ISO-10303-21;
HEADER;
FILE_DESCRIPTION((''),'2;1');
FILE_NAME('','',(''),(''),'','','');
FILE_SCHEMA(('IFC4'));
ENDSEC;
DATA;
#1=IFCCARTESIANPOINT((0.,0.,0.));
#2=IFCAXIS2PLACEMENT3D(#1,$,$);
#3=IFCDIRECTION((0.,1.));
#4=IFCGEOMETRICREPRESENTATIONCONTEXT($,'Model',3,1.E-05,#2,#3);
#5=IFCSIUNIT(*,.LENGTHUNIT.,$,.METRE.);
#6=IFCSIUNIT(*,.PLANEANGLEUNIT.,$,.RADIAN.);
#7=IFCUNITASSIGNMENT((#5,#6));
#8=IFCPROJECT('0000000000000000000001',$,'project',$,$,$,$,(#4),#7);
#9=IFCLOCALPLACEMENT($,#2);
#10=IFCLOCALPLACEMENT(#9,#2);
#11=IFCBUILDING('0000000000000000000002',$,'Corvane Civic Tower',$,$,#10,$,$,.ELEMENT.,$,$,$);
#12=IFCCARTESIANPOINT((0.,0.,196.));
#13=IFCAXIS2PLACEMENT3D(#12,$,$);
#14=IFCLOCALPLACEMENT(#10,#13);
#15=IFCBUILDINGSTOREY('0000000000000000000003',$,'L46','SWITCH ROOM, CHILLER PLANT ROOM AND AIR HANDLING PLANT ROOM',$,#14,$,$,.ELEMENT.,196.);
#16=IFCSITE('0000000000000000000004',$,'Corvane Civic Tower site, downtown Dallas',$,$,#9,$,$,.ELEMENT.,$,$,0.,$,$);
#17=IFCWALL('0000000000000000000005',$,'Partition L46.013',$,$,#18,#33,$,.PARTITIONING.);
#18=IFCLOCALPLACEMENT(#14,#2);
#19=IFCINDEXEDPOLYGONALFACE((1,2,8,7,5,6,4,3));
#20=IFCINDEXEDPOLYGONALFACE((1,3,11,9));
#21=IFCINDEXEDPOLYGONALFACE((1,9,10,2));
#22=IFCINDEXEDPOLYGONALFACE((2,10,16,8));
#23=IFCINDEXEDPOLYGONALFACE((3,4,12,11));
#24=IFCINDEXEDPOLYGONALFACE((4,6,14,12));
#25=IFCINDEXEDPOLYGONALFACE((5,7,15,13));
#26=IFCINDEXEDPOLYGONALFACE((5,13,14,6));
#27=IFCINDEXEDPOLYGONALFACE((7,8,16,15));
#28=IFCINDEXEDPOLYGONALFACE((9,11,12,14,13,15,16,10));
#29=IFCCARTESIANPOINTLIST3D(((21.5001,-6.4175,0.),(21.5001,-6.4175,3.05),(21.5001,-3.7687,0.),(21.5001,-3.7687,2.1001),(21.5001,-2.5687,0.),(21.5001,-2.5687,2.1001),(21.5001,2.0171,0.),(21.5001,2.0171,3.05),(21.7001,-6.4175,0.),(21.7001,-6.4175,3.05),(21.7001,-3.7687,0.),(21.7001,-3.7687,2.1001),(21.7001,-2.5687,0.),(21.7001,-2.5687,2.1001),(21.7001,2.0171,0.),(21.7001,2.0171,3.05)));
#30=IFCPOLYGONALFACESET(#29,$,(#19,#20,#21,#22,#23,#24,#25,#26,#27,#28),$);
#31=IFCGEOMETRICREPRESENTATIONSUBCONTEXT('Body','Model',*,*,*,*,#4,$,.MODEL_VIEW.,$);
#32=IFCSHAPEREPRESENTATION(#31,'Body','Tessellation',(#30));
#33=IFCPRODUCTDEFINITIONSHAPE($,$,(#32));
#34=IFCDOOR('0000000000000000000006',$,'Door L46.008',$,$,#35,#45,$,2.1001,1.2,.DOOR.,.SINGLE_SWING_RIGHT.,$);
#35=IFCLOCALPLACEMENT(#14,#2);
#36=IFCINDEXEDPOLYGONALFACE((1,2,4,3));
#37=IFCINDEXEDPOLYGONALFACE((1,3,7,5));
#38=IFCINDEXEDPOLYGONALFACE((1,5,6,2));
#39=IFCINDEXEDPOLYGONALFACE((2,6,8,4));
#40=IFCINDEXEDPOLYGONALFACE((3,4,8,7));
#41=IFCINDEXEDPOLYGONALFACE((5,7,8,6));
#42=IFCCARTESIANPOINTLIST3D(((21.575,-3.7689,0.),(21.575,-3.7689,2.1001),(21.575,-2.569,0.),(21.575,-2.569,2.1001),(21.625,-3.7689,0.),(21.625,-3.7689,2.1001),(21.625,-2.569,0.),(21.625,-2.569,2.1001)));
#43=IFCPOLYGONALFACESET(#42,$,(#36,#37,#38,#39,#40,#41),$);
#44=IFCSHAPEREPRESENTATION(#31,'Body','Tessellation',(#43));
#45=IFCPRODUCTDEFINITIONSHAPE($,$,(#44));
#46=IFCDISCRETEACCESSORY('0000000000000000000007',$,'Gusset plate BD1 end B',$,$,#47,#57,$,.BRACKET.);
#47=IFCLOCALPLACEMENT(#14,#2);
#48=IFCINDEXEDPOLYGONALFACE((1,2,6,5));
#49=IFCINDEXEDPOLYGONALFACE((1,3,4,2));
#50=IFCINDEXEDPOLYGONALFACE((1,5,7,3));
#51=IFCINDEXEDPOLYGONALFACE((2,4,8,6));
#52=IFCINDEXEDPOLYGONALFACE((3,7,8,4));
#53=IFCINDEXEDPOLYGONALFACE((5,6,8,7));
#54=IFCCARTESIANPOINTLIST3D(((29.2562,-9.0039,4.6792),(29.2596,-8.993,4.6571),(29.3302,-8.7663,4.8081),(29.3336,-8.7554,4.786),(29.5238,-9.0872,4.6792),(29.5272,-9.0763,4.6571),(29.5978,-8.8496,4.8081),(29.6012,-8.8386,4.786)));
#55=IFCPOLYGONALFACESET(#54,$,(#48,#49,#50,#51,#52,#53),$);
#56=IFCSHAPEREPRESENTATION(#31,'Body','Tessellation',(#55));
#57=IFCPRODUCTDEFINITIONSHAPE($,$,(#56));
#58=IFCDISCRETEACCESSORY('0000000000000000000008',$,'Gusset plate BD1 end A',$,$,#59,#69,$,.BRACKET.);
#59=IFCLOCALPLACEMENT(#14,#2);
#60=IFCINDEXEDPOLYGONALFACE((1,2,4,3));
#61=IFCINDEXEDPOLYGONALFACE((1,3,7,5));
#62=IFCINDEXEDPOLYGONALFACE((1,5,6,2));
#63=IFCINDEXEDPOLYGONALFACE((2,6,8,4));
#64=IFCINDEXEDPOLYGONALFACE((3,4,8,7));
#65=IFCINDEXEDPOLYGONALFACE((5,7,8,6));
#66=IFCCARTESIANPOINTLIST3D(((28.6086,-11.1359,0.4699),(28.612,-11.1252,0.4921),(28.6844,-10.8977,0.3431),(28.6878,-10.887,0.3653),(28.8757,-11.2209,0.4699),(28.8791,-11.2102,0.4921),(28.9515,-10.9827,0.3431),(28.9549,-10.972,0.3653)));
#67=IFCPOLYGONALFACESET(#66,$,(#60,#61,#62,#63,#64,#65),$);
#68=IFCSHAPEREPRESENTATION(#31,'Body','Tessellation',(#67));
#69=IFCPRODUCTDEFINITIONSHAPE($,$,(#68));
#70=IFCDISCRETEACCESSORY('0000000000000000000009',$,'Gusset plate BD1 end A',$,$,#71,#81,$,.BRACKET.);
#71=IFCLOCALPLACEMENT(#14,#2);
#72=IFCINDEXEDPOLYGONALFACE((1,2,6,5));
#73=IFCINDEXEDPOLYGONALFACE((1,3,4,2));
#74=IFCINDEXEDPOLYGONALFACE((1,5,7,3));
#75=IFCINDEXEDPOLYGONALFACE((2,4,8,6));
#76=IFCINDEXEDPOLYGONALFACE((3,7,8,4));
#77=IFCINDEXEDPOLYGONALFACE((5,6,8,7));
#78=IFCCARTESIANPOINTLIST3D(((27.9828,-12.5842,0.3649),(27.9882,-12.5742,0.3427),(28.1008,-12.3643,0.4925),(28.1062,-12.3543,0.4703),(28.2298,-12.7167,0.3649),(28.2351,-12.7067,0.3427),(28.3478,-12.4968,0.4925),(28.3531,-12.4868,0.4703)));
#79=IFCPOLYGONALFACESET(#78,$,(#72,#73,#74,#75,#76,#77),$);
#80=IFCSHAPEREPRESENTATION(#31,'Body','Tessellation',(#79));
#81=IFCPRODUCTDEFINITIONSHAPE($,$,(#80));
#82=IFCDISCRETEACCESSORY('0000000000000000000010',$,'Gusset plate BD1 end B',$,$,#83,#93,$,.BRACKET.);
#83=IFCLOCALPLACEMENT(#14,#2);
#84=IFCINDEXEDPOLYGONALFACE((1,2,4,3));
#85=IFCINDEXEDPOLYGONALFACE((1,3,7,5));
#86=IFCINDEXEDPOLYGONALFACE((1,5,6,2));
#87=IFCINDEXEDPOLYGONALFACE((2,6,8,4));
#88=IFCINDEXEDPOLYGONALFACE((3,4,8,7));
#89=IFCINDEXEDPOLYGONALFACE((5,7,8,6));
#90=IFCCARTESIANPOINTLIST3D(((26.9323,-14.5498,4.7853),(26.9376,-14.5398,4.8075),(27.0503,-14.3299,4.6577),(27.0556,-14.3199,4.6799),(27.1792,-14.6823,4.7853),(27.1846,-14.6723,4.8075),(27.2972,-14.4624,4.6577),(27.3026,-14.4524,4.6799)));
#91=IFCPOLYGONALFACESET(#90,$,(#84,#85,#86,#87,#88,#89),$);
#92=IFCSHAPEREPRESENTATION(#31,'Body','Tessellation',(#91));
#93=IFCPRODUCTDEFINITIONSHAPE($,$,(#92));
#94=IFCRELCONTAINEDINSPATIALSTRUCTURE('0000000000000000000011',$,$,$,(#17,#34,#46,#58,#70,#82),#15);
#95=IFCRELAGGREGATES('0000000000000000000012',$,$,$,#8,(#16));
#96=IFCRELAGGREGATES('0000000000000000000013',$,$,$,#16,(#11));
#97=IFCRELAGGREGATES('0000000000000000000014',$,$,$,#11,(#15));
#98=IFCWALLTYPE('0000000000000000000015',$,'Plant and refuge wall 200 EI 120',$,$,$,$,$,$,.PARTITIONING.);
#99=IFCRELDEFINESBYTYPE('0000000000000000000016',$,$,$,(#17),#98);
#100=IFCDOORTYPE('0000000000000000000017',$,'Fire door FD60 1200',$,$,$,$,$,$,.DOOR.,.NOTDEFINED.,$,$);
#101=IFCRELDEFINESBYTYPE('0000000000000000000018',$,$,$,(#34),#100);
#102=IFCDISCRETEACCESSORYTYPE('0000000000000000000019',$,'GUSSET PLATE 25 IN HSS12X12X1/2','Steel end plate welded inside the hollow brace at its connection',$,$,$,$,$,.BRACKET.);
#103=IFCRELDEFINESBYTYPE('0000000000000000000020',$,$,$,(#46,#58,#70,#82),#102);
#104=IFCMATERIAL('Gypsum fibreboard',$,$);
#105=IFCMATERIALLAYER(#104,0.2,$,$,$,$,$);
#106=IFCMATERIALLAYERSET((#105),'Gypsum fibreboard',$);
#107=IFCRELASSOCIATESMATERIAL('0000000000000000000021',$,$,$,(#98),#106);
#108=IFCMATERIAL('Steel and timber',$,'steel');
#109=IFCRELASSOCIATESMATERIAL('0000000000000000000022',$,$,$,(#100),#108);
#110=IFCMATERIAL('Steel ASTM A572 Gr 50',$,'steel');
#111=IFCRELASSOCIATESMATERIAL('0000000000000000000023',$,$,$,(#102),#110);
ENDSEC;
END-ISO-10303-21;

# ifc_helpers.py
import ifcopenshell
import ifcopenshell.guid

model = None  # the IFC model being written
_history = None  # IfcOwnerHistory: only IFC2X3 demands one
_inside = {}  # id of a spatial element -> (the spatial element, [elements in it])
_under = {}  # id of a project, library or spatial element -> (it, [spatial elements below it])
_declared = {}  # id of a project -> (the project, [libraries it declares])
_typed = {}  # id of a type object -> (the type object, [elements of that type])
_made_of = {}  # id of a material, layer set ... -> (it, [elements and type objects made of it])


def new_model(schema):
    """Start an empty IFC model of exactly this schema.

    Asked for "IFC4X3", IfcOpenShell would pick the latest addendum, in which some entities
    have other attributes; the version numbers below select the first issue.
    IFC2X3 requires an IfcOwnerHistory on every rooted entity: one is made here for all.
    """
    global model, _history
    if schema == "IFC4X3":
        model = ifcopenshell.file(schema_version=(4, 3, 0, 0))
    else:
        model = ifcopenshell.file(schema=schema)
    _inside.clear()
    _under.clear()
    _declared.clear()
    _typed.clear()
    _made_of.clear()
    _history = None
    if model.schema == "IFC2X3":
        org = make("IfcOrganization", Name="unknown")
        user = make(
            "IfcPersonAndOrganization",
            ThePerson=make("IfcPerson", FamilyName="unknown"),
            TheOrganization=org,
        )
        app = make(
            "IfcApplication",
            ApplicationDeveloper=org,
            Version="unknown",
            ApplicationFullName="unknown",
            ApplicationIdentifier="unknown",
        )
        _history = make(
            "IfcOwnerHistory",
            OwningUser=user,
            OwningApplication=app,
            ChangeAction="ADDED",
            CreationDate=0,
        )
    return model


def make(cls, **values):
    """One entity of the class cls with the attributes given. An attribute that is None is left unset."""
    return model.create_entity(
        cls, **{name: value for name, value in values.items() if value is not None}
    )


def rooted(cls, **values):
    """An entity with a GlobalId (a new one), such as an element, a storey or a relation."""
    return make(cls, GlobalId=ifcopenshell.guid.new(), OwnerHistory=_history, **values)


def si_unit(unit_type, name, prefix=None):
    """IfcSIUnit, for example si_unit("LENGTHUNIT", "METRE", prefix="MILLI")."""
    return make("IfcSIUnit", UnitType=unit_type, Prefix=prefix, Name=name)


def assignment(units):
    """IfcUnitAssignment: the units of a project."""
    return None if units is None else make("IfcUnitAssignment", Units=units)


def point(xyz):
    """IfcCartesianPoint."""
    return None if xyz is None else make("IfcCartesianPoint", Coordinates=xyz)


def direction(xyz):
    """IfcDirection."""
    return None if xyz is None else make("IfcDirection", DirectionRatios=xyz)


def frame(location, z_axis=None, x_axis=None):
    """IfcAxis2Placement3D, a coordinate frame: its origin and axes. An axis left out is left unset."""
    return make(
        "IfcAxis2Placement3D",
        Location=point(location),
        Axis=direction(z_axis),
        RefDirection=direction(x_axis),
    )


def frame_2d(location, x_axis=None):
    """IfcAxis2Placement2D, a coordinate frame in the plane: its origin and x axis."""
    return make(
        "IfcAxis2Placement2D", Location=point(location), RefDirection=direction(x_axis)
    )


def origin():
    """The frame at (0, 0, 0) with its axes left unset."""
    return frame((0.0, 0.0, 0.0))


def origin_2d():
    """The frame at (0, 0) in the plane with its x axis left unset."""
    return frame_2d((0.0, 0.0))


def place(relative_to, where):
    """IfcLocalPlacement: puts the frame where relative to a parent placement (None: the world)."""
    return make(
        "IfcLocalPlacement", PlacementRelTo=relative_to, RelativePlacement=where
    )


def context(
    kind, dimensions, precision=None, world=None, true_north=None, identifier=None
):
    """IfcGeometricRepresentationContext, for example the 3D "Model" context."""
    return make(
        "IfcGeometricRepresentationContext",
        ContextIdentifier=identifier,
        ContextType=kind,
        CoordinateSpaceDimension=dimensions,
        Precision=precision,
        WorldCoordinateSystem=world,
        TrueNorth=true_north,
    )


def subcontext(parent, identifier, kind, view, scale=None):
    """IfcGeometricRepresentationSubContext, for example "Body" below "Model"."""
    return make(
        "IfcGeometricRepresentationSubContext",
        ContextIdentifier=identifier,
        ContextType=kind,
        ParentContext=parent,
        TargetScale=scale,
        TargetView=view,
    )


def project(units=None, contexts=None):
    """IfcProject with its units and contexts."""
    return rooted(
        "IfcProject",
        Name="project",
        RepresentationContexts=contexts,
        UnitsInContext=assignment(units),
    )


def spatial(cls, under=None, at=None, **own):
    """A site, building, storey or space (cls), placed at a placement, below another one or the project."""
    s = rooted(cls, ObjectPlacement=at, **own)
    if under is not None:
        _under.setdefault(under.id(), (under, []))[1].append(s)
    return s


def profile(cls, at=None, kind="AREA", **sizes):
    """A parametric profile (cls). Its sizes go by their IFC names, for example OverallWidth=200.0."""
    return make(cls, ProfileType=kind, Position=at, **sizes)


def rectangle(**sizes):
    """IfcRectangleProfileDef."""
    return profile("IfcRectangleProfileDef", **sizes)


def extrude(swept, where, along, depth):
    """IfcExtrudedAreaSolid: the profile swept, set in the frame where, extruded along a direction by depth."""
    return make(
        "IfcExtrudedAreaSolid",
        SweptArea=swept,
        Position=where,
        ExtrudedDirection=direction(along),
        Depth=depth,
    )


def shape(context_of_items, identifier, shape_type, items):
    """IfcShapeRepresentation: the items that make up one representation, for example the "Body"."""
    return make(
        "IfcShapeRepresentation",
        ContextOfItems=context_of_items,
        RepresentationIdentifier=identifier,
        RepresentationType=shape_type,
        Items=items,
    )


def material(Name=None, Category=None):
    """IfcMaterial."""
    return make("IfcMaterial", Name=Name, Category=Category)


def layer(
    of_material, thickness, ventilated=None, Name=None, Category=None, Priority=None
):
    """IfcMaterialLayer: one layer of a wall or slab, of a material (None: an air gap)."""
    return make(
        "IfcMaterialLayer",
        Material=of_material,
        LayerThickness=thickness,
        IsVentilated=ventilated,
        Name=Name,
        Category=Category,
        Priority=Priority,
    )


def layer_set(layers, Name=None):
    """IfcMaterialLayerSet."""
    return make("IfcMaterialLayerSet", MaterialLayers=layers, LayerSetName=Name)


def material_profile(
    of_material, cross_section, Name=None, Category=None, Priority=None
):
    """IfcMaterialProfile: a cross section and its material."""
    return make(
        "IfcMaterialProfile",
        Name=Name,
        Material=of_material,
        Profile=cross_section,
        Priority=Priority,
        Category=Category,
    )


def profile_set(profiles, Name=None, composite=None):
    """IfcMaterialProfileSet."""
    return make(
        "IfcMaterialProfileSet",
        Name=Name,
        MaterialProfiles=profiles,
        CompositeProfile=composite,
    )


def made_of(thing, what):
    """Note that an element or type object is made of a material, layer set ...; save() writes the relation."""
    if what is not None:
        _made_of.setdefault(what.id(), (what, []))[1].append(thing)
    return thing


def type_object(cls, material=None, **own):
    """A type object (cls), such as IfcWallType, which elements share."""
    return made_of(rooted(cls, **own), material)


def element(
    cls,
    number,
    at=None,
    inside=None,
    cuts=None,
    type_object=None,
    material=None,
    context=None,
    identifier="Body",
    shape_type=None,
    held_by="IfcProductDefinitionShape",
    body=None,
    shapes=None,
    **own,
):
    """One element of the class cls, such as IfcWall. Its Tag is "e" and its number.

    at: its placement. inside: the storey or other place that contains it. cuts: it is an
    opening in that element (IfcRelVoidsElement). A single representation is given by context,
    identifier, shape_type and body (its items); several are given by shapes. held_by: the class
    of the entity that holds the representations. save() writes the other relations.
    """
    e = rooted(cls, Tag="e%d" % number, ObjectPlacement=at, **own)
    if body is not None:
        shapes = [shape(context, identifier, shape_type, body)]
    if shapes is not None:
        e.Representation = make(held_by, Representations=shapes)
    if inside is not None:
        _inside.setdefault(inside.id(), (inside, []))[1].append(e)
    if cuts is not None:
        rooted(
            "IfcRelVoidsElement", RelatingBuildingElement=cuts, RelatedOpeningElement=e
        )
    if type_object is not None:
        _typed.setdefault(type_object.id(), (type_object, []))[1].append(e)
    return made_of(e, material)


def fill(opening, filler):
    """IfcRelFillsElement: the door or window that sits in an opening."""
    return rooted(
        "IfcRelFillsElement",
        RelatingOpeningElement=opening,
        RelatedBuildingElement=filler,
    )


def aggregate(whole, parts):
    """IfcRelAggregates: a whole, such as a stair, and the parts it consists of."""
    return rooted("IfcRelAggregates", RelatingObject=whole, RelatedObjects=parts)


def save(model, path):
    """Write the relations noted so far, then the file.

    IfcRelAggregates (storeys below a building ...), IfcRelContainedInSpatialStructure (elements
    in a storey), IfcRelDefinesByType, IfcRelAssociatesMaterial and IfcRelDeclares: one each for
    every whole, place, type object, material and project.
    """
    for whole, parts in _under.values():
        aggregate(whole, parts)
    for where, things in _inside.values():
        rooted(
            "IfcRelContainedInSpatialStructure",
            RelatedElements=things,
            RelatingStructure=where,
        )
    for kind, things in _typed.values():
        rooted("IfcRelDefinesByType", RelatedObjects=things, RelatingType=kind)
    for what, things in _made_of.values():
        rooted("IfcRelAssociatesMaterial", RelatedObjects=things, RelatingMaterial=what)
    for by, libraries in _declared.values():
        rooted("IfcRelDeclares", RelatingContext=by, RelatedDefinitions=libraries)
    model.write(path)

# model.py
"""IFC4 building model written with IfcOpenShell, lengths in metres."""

from ifc_helpers import new_model, si_unit, direction, frame, frame_2d, origin, origin_2d, place, context, subcontext, project, spatial, rectangle, extrude, material, layer, layer_set, material_profile, profile_set, type_object, element, fill, save


model = new_model("IFC4")

# Units and contexts
model_context = context("Model", 3, precision=1e-05, world=origin(), true_north=direction((0.0, 1.0)))
body_context = subcontext(model_context, "Body", "Model", "MODEL_VIEW")
ifc_project = project(units=[si_unit("LENGTHUNIT", "METRE"), si_unit("PLANEANGLEUNIT", "RADIAN")], contexts=[model_context])

# Site, building, storey
site_placement = place(None, origin())
site = spatial("IfcSite", under=ifc_project, at=site_placement, Name="Corvane Civic Tower site, downtown Dallas", CompositionType="ELEMENT", RefElevation=0.0)
building_placement = place(site_placement, origin())
building = spatial("IfcBuilding", under=site, at=building_placement, Name="Corvane Civic Tower", CompositionType="ELEMENT")
storey_placement = place(building_placement, frame((0.0, 0.0, 196.0)))
storey = spatial("IfcBuildingStorey", under=building, at=storey_placement, Name="L46", Description="SWITCH ROOM, CHILLER PLANT ROOM AND AIR HANDLING PLANT ROOM", CompositionType="ELEMENT", Elevation=196.0)

# Shared definitions
ifc_material_1 = material(Name="Gypsum fibreboard")
ifc_layer_1 = layer(ifc_material_1, 0.2)
ifc_layer_set_1 = layer_set([ifc_layer_1], Name="Gypsum fibreboard")
wall_type_1 = type_object("IfcWallType", Name="Plant and refuge wall 200 EI 120", PredefinedType="PARTITIONING", material=ifc_layer_set_1)

# Wall, opening, door
wall_1_placement = place(storey_placement, frame((21.6001, -6.4175, 0.0), z_axis=(0.0, 0.0, 1.0), x_axis=(0.0, 1.0, 0.0)))
wall_1 = element("IfcWall", 1, at=wall_1_placement, inside=storey, type_object=wall_type_1, Name="Partition L46.013", PredefinedType="PARTITIONING", context=body_context, shape_type="SweptSolid", body=[
    extrude(rectangle(XDim=8.4346, YDim=0.2, at=frame_2d((4.2173, 0.0))), origin(), (0.0, 0.0, 1.0), 3.05),
])
opening_placement = place(wall_1_placement, frame((2.6487, 0.0, 0.0)))
opening = element("IfcOpeningElement", 2, at=opening_placement, cuts=wall_1, PredefinedType="OPENING", context=body_context, shape_type="SweptSolid", body=[
    extrude(rectangle(XDim=1.2, YDim=2.1001, at=frame_2d((0.6001, 1.05))), frame((0.0, 0.1099, 0.0), z_axis=(0.0, -1.0, 0.0), x_axis=(1.0, 0.0, 0.0)), (0.0, 0.0, 1.0), 0.22),
])
ifc_material_2 = material(Name="Steel and timber", Category="steel")
door_type = type_object("IfcDoorType", Name="Fire door FD60 1200", OperationType="NOTDEFINED", PredefinedType="DOOR", material=ifc_material_2)
door_placement = place(opening_placement, frame((1.2, 0.0, 0.0), z_axis=(0.0, 0.0, 1.0), x_axis=(-1.0, 0.0, 0.0)))
door = element("IfcDoor", 3, at=door_placement, inside=storey, type_object=door_type, Name="Door L46.008", OperationType="SINGLE_SWING_RIGHT", OverallHeight=2.1001, OverallWidth=1.2, PredefinedType="DOOR", context=body_context, shape_type="SweptSolid", body=[
    extrude(rectangle(XDim=1.2, YDim=2.1001, at=frame_2d((0.6001, 1.05))), frame((0.0, 0.0249, 0.0), z_axis=(0.0, -1.0, 0.0), x_axis=(1.0, 0.0, 0.0)), (0.0, 0.0, 1.0), 0.05),
])
fill(opening, door)

# Discrete accessories
ifc_material_3 = material(Name="Steel ASTM A572 Gr 50", Category="steel")
ifc_material_profile_1 = material_profile(ifc_material_3, rectangle(XDim=0.2803, YDim=0.2803, at=origin_2d()), Name="GUSSET PLATE 25 IN HSS12X12X1/2")
ifc_profile_set_1 = profile_set([ifc_material_profile_1], Name="Steel ASTM A572 Gr 50")
discrete_accessory_type = type_object("IfcDiscreteAccessoryType", Name="GUSSET PLATE 25 IN HSS12X12X1/2", Description="Steel end plate welded inside the hollow brace at its connection", PredefinedType="BRACKET", material=ifc_profile_set_1)
for number, where, z_axis, x_axis, name in (
    (4, (29.427, -8.9268, 4.7437), (0.136613, 0.439113, -0.887985), (-0.954857, 0.297067, 0.0), "Gusset plate BD1 end B"),
    (5, (28.78, -11.0593, 0.4065), (0.137196, 0.431186, 0.891771), (-0.952926, 0.303204, 0.0), "Gusset plate BD1 end A"),
    (6, (28.1707, -12.5305, 0.4065), (-0.215252, -0.401152, 0.890362), (0.88116, -0.472818, 0.0), "Gusset plate BD1 end A"),
    (7, (27.1201, -14.4961, 4.7437), (-0.215252, -0.401152, -0.890362), (0.88116, -0.472818, 0.0), "Gusset plate BD1 end B"),
):
    element("IfcDiscreteAccessory", number, at=place(storey_placement, frame(where, z_axis=z_axis, x_axis=x_axis)), inside=storey, type_object=discrete_accessory_type, Name=name, PredefinedType="BRACKET", context=body_context, shape_type="SweptSolid", body=[
        extrude(rectangle(XDim=0.2803, YDim=0.2803, at=origin_2d()), origin(), (0.0, 0.0, 1.0), 0.0249),
    ])

save(model, "model.ifc")
